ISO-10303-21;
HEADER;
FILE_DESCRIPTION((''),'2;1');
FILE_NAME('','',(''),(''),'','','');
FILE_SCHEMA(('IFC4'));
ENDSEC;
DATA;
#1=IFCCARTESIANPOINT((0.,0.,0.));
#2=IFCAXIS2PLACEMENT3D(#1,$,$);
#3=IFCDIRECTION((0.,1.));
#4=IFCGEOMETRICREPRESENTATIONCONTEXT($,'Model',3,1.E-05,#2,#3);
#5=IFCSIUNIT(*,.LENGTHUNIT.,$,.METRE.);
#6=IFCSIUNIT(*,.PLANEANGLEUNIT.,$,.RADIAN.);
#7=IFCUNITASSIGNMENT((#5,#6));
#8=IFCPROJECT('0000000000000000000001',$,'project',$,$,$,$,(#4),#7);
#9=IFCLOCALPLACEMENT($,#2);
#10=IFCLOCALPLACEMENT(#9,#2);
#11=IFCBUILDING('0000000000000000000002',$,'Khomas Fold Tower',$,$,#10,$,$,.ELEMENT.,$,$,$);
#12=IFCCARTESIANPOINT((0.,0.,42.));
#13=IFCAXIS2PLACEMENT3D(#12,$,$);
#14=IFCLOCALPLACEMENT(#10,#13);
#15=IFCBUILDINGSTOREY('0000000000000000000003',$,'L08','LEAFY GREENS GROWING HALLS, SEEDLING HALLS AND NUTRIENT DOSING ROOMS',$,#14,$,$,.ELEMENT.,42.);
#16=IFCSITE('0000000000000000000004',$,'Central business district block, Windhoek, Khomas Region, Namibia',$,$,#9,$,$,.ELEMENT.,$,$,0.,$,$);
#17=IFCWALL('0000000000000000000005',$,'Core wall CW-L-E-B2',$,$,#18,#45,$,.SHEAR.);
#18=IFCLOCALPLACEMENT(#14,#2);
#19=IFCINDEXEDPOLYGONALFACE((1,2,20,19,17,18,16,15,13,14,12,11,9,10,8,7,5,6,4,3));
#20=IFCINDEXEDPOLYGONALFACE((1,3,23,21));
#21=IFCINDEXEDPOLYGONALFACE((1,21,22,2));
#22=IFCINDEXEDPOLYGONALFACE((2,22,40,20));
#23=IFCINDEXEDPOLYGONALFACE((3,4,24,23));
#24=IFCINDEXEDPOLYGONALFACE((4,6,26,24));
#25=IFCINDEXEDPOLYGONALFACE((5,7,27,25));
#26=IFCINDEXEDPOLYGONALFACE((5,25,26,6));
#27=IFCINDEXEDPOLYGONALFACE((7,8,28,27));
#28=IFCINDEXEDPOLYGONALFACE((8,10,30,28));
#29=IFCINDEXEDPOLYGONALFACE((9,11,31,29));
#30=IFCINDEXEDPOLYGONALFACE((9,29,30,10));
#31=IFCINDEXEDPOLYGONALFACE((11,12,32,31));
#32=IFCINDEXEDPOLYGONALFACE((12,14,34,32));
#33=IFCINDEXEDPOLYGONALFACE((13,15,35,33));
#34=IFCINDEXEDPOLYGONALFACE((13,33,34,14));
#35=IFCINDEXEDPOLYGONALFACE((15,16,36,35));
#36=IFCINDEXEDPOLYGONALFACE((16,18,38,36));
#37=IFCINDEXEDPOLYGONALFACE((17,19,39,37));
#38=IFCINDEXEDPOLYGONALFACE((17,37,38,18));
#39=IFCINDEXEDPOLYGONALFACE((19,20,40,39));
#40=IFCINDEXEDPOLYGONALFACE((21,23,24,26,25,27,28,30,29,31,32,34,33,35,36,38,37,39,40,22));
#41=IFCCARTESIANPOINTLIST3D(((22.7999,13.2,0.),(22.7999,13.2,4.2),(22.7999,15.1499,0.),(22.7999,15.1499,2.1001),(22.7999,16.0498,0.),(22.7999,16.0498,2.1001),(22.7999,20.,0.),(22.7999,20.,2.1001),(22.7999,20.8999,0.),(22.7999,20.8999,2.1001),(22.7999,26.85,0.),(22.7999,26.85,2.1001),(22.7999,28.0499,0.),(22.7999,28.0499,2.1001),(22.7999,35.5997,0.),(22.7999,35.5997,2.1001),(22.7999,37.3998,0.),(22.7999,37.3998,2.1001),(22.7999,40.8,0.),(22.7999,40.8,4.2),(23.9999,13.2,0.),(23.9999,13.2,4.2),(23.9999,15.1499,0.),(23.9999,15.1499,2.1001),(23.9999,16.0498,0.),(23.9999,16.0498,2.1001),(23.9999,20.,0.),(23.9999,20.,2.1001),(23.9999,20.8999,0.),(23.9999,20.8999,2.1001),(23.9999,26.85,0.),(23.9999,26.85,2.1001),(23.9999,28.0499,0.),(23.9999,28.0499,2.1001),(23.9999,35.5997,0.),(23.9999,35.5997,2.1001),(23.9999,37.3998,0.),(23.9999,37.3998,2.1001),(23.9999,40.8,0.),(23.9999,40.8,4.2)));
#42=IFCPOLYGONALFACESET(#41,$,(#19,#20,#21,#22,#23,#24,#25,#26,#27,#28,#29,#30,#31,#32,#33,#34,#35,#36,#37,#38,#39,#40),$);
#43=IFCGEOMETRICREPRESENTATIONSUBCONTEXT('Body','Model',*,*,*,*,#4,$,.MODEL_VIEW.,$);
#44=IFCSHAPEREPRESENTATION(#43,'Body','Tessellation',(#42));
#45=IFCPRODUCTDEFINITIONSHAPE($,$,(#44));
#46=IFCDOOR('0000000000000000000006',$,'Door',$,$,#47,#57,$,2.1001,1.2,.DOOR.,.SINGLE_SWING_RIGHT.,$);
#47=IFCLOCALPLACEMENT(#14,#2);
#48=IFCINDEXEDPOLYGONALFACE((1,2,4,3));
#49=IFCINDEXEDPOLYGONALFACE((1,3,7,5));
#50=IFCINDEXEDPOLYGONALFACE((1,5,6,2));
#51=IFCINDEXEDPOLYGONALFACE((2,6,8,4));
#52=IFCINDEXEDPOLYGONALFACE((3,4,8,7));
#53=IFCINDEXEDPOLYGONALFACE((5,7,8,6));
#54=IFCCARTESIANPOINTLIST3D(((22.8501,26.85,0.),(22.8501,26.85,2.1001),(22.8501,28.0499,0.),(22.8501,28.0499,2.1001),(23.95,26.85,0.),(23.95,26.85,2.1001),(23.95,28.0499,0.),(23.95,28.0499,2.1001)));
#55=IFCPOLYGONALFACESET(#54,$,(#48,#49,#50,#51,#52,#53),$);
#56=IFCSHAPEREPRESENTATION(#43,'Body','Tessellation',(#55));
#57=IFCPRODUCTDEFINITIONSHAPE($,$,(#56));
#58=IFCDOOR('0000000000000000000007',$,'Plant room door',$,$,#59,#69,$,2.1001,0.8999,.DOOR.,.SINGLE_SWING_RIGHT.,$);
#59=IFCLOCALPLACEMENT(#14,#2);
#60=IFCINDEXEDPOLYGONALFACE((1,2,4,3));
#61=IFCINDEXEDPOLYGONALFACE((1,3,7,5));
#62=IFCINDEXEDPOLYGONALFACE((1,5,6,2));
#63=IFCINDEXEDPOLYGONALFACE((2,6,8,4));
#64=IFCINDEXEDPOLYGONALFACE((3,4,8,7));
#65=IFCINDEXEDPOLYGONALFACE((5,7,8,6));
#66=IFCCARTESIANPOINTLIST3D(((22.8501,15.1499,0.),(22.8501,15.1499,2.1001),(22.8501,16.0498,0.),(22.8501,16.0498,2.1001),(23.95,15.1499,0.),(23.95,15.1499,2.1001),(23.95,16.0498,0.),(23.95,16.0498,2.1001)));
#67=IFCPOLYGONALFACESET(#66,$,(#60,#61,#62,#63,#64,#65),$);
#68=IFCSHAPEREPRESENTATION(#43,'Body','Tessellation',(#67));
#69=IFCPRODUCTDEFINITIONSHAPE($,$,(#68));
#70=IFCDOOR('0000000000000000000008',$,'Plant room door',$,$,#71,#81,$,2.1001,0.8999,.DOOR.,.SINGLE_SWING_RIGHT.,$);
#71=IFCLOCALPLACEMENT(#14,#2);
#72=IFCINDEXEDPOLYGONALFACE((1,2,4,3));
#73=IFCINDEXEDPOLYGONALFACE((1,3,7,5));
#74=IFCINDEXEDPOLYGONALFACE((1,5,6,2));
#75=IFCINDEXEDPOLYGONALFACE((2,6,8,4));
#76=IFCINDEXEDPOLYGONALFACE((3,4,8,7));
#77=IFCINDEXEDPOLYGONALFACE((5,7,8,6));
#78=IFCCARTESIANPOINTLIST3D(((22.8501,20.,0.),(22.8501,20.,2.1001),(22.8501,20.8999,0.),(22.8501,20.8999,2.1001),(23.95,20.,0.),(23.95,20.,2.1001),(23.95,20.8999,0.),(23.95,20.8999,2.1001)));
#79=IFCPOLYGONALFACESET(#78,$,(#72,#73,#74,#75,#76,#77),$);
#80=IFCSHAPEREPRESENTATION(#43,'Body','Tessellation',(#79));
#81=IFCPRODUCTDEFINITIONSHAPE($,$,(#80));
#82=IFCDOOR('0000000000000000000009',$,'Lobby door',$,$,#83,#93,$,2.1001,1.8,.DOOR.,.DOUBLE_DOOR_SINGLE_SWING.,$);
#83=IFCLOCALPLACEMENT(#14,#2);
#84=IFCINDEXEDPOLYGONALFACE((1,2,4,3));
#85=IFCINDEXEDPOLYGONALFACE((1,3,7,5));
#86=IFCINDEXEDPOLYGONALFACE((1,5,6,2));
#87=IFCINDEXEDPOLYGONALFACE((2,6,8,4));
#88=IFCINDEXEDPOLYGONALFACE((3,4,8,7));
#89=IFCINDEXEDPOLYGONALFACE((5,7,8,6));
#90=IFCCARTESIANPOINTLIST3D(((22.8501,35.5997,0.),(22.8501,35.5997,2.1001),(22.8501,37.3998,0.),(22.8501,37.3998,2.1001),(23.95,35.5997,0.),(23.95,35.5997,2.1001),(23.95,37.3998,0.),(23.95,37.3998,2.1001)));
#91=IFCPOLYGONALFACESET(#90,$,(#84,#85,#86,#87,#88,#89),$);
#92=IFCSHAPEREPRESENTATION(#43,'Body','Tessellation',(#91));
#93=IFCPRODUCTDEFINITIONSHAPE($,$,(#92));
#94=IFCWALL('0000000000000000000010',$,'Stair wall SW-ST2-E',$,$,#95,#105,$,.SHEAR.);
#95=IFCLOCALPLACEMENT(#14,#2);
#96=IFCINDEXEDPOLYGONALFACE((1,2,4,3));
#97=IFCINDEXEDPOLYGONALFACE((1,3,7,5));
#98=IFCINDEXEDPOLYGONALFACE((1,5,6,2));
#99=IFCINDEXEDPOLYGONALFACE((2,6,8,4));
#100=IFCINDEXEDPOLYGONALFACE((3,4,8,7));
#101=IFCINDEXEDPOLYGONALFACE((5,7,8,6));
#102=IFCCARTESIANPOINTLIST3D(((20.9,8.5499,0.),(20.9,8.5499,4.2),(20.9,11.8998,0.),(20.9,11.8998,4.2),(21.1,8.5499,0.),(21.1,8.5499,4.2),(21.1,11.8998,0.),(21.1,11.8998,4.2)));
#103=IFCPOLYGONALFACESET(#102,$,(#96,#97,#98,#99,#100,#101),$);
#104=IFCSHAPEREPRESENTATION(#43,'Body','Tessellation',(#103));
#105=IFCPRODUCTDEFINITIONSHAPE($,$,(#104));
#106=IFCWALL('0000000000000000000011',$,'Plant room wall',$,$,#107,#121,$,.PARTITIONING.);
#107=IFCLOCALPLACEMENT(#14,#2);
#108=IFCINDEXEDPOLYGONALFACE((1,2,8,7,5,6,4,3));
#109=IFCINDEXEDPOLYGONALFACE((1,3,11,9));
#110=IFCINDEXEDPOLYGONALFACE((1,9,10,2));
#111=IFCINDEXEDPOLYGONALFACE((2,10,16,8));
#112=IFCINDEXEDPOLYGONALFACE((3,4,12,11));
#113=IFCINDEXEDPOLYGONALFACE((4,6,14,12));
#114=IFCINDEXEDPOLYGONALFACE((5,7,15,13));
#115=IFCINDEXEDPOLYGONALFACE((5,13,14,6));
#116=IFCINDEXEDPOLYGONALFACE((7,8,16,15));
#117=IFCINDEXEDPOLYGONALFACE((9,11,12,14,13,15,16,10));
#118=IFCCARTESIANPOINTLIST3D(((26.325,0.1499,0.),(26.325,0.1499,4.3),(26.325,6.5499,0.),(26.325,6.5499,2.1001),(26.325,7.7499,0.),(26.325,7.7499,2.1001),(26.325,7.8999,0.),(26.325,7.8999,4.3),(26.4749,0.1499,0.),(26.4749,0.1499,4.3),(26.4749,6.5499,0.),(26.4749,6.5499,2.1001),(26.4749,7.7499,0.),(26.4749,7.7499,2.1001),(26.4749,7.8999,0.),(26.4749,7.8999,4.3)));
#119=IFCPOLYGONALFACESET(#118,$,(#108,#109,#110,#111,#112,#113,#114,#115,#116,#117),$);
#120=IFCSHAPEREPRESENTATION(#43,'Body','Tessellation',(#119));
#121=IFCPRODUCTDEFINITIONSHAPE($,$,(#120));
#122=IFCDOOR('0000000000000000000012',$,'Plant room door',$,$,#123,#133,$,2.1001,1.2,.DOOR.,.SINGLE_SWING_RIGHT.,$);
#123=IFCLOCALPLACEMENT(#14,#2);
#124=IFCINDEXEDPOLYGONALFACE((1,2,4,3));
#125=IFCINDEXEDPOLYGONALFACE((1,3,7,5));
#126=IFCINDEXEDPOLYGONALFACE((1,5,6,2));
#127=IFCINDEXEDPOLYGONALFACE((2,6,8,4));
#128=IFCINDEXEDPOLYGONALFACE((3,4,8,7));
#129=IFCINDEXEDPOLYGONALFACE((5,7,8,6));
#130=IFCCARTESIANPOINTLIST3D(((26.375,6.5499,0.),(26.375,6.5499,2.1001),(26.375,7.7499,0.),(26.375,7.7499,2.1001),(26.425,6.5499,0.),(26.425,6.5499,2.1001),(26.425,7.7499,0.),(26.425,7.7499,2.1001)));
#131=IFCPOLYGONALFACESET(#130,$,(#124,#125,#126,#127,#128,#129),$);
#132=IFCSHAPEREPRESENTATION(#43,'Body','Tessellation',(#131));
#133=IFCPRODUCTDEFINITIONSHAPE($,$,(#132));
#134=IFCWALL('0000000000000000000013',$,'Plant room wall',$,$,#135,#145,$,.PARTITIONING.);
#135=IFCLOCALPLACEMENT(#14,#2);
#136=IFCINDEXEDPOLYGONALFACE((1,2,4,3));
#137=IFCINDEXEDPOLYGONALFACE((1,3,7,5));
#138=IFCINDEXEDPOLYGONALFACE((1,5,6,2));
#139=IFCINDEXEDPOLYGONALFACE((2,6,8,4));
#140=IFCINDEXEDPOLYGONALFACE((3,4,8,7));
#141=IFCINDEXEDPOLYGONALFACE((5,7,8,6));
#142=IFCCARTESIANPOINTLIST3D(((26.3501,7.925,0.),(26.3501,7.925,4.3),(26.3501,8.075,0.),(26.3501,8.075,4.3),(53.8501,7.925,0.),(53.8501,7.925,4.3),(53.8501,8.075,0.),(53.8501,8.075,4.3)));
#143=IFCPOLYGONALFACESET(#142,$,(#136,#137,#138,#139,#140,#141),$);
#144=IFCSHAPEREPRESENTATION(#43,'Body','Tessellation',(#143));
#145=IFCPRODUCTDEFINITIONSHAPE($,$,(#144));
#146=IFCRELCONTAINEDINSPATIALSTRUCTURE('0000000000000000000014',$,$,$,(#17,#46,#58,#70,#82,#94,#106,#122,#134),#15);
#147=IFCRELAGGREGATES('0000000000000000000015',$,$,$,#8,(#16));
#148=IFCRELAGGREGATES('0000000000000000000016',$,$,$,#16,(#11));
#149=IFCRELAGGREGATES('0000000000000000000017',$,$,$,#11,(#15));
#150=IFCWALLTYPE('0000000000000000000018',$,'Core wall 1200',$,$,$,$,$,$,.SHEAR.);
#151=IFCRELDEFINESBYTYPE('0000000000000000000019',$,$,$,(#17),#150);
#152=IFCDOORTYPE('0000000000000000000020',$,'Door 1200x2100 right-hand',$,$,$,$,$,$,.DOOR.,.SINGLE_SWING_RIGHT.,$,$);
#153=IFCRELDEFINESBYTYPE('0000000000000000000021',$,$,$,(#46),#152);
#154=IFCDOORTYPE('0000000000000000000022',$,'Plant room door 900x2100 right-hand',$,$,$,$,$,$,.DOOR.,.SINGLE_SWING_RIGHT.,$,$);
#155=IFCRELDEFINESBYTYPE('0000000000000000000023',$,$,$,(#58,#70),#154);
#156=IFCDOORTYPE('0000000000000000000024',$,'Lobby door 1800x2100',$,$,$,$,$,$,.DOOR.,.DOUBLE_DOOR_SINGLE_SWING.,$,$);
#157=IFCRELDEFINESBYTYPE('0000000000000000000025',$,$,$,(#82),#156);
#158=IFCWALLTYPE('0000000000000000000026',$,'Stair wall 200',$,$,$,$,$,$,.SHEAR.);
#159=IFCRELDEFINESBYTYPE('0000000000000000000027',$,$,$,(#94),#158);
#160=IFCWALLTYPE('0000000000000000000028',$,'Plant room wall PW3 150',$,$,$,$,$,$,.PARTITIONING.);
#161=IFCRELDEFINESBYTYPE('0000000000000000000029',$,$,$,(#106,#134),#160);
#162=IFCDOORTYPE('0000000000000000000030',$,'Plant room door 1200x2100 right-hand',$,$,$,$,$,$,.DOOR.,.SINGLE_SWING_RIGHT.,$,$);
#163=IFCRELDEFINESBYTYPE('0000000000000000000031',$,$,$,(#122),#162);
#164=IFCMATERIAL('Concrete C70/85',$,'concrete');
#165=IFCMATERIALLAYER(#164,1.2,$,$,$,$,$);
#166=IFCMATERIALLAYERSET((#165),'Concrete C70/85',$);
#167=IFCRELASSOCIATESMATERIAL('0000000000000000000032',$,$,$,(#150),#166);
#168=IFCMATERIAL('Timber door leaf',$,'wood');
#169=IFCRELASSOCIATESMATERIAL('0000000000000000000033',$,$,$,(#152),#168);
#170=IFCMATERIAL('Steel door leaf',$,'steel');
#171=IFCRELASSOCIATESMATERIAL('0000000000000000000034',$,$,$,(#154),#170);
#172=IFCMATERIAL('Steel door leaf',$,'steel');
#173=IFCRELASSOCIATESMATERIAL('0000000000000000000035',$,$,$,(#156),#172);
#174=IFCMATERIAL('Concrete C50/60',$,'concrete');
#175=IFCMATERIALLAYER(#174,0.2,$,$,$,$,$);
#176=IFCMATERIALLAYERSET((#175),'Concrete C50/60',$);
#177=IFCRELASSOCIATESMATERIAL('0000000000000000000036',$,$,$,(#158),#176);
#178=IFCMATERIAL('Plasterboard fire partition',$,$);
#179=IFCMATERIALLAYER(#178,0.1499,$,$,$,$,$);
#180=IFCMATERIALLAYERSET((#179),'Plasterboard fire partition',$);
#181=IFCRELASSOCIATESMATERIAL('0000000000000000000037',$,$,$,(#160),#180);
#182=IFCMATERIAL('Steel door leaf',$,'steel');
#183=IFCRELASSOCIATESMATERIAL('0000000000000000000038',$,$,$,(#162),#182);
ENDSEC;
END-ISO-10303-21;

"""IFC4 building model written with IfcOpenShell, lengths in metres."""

from ifc_helpers import new_model, si_unit, direction, frame, frame_2d, origin, place, context, subcontext, project, spatial, rectangle, extrude, source, transform, mapped, material, layer, layer_set, type_object, element, fill, save


model = new_model("IFC4")

# Units and contexts
model_context = context("Model", 3, precision=1e-05, world=origin(), true_north=direction((0.0, 1.0)))
body_context = subcontext(model_context, "Body", "Model", "MODEL_VIEW")
ifc_project = project(units=[si_unit("LENGTHUNIT", "METRE"), si_unit("PLANEANGLEUNIT", "RADIAN")], contexts=[model_context])

# Site, building, storey
site_placement = place(None, origin())
site = spatial("IfcSite", under=ifc_project, at=site_placement, Name="Central business district block, Windhoek, Khomas Region, Namibia", CompositionType="ELEMENT", RefElevation=0.0)
building_placement = place(site_placement, origin())
building = spatial("IfcBuilding", under=site, at=building_placement, Name="Khomas Fold Tower", CompositionType="ELEMENT")
storey_placement = place(building_placement, frame((0.0, 0.0, 42.0)))
storey = spatial("IfcBuildingStorey", under=building, at=storey_placement, Name="L08", Description="LEAFY GREENS GROWING HALLS, SEEDLING HALLS AND NUTRIENT DOSING ROOMS", CompositionType="ELEMENT", Elevation=42.0)

# Shared definitions
ifc_material_1 = material(Name="Concrete C70/85", Category="concrete")
ifc_layer_1 = layer(ifc_material_1, 1.2)
ifc_layer_set_1 = layer_set([ifc_layer_1], Name="Concrete C70/85")
wall_type_1 = type_object("IfcWallType", Name="Core wall 1200", PredefinedType="SHEAR", material=ifc_layer_set_1)

# Wall, openings, doors
shared_shape_1 = source(origin(), body_context, "Body", "SweptSolid", [
    extrude(rectangle(XDim=27.6001, YDim=1.2, at=frame_2d((13.8, 0.0))), origin(), (0.0, 0.0, 1.0), 4.2),
])
wall_1_placement = place(storey_placement, frame((23.3999, 13.2, 0.0), z_axis=(0.0, 0.0, 1.0), x_axis=(0.0, 1.0, 0.0)))
wall_1 = element("IfcWall", 1, at=wall_1_placement, inside=storey, type_object=wall_type_1, Name="Core wall CW-L-E-B2", PredefinedType="SHEAR", context=body_context, shape_type="MappedRepresentation", body=[
    mapped(shared_shape_1, transform((0.0, 0.0, 0.0))),
])
shared_shape_2 = source(origin(), body_context, "Body", "SweptSolid", [
    extrude(rectangle(XDim=1.8, YDim=2.1001, at=frame_2d((0.8999, 1.05))), frame((0.0, 0.6099, 0.0), z_axis=(0.0, -1.0, 0.0), x_axis=(1.0, 0.0, 0.0)), (0.0, 0.0, 1.0), 1.22),
])
opening_1_placement = place(wall_1_placement, frame((22.3999, 0.0, 0.0)))
opening_1 = element("IfcOpeningElement", 2, at=opening_1_placement, cuts=wall_1, PredefinedType="OPENING", context=body_context, shape_type="MappedRepresentation", body=[
    mapped(shared_shape_2, transform((0.0, 0.0, 0.0))),
])
shared_shape_3 = source(origin(), body_context, "Body", "SweptSolid", [
    extrude(rectangle(XDim=1.2, YDim=2.1001, at=frame_2d((0.6001, 1.05))), frame((0.0, 0.6099, 0.0), z_axis=(0.0, -1.0, 0.0), x_axis=(1.0, 0.0, 0.0)), (0.0, 0.0, 1.0), 1.22),
])
opening_2_placement = place(wall_1_placement, frame((13.6499, 0.0, 0.0)))
opening_2 = element("IfcOpeningElement", 3, at=opening_2_placement, cuts=wall_1, PredefinedType="OPENING", context=body_context, shape_type="MappedRepresentation", body=[
    mapped(shared_shape_3, transform((0.0, 0.0, 0.0))),
])
shared_shape_4 = source(origin(), body_context, "Body", "SweptSolid", [
    extrude(rectangle(XDim=0.8999, YDim=2.1001, at=frame_2d((0.45, 1.05))), frame((0.0, 0.6099, 0.0), z_axis=(0.0, -1.0, 0.0), x_axis=(1.0, 0.0, 0.0)), (0.0, 0.0, 1.0), 1.22),
])
opening_3_placement = place(wall_1_placement, frame((1.95, 0.0, 0.0)))
opening_3 = element("IfcOpeningElement", 4, at=opening_3_placement, cuts=wall_1, PredefinedType="OPENING", context=body_context, shape_type="MappedRepresentation", body=[
    mapped(shared_shape_4, transform((0.0, 0.0, 0.0))),
])
opening_4_placement = place(wall_1_placement, frame((6.8, 0.0, 0.0)))
opening_4 = element("IfcOpeningElement", 5, at=opening_4_placement, cuts=wall_1, PredefinedType="OPENING", context=body_context, shape_type="MappedRepresentation", body=[
    mapped(shared_shape_4, transform((0.0, 0.0, 0.0))),
])
ifc_material_2 = material(Name="Timber door leaf", Category="wood")
door_type_1 = type_object("IfcDoorType", Name="Door 1200x2100 right-hand", OperationType="SINGLE_SWING_RIGHT", PredefinedType="DOOR", material=ifc_material_2)
shared_shape_5 = source(origin(), body_context, "Body", "SweptSolid", [
    extrude(rectangle(XDim=1.2, YDim=2.1001, at=frame_2d((0.6001, 1.05))), frame((0.0, 0.5498, 0.0), z_axis=(0.0, -1.0, 0.0), x_axis=(1.0, 0.0, 0.0)), (0.0, 0.0, 1.0), 1.0999),
])
door_1_placement = place(opening_2_placement, origin())
door_1 = element("IfcDoor", 6, at=door_1_placement, inside=storey, type_object=door_type_1, Name="Door", OperationType="SINGLE_SWING_RIGHT", OverallHeight=2.1001, OverallWidth=1.2, PredefinedType="DOOR", context=body_context, shape_type="MappedRepresentation", body=[
    mapped(shared_shape_5, transform((0.0, 0.0, 0.0))),
])
fill(opening_2, door_1)
ifc_material_3 = material(Name="Steel door leaf", Category="steel")
door_type_2 = type_object("IfcDoorType", Name="Plant room door 900x2100 right-hand", OperationType="SINGLE_SWING_RIGHT", PredefinedType="DOOR", material=ifc_material_3)
shared_shape_6 = source(origin(), body_context, "Body", "SweptSolid", [
    extrude(rectangle(XDim=0.8999, YDim=2.1001, at=frame_2d((0.45, 1.05))), frame((0.0, 0.5498, 0.0), z_axis=(0.0, -1.0, 0.0), x_axis=(1.0, 0.0, 0.0)), (0.0, 0.0, 1.0), 1.0999),
])
door_2_placement = place(opening_3_placement, origin())
door_2 = element("IfcDoor", 7, at=door_2_placement, inside=storey, type_object=door_type_2, Name="Plant room door", OperationType="SINGLE_SWING_RIGHT", OverallHeight=2.1001, OverallWidth=0.8999, PredefinedType="DOOR", context=body_context, shape_type="MappedRepresentation", body=[
    mapped(shared_shape_6, transform((0.0, 0.0, 0.0))),
])
fill(opening_3, door_2)
door_3_placement = place(opening_4_placement, origin())
door_3 = element("IfcDoor", 8, at=door_3_placement, inside=storey, type_object=door_type_2, Name="Plant room door", OperationType="SINGLE_SWING_RIGHT", OverallHeight=2.1001, OverallWidth=0.8999, PredefinedType="DOOR", context=body_context, shape_type="MappedRepresentation", body=[
    mapped(shared_shape_6, transform((0.0, 0.0, 0.0))),
])
fill(opening_4, door_3)
ifc_material_4 = material(Name="Steel door leaf", Category="steel")
door_type_3 = type_object("IfcDoorType", Name="Lobby door 1800x2100", OperationType="DOUBLE_DOOR_SINGLE_SWING", PredefinedType="DOOR", material=ifc_material_4)
shared_shape_7 = source(origin(), body_context, "Body", "SweptSolid", [
    extrude(rectangle(XDim=1.8, YDim=2.1001, at=frame_2d((0.8999, 1.05))), frame((0.0, 0.5498, 0.0), z_axis=(0.0, -1.0, 0.0), x_axis=(1.0, 0.0, 0.0)), (0.0, 0.0, 1.0), 1.0999),
])
door_4_placement = place(opening_1_placement, origin())
door_4 = element("IfcDoor", 9, at=door_4_placement, inside=storey, type_object=door_type_3, Name="Lobby door", OperationType="DOUBLE_DOOR_SINGLE_SWING", OverallHeight=2.1001, OverallWidth=1.8, PredefinedType="DOOR", context=body_context, shape_type="MappedRepresentation", body=[
    mapped(shared_shape_7, transform((0.0, 0.0, 0.0))),
])
fill(opening_1, door_4)

# Wall
ifc_material_5 = material(Name="Concrete C50/60", Category="concrete")
ifc_layer_2 = layer(ifc_material_5, 0.2)
ifc_layer_set_2 = layer_set([ifc_layer_2], Name="Concrete C50/60")
wall_type_2 = type_object("IfcWallType", Name="Stair wall 200", PredefinedType="SHEAR", material=ifc_layer_set_2)
shared_shape_8 = source(origin(), body_context, "Body", "SweptSolid", [
    extrude(rectangle(XDim=3.3499, YDim=0.2, at=frame_2d((1.6748, 0.0))), origin(), (0.0, 0.0, 1.0), 4.2),
])
wall_2_placement = place(storey_placement, frame((21.0, 8.55, 0.0), z_axis=(0.0, 0.0, 1.0), x_axis=(0.0, 1.0, 0.0)))
element("IfcWall", 10, at=wall_2_placement, inside=storey, type_object=wall_type_2, Name="Stair wall SW-ST2-E", PredefinedType="SHEAR", context=body_context, shape_type="MappedRepresentation", body=[
    mapped(shared_shape_8, transform((0.0, 0.0, 0.0))),
])

# Wall, opening, door
ifc_material_6 = material(Name="Plasterboard fire partition")
ifc_layer_3 = layer(ifc_material_6, 0.1499)
ifc_layer_set_3 = layer_set([ifc_layer_3], Name="Plasterboard fire partition")
wall_type_3 = type_object("IfcWallType", Name="Plant room wall PW3 150", PredefinedType="PARTITIONING", material=ifc_layer_set_3)
shared_shape_9 = source(origin(), body_context, "Body", "SweptSolid", [
    extrude(rectangle(XDim=7.75, YDim=0.1499, at=frame_2d((3.875, 0.0))), origin(), (0.0, 0.0, 1.0), 4.3),
])
wall_3_placement = place(storey_placement, frame((26.3999, 0.1499, 0.0), z_axis=(0.0, 0.0, 1.0), x_axis=(0.0, 1.0, 0.0)))
wall_3 = element("IfcWall", 11, at=wall_3_placement, inside=storey, type_object=wall_type_3, Name="Plant room wall", PredefinedType="PARTITIONING", context=body_context, shape_type="MappedRepresentation", body=[
    mapped(shared_shape_9, transform((0.0, 0.0, 0.0))),
])
shared_shape_10 = source(origin(), body_context, "Body", "SweptSolid", [
    extrude(rectangle(XDim=1.2, YDim=2.1001, at=frame_2d((0.6001, 1.05))), frame((0.0, 0.085, 0.0), z_axis=(0.0, -1.0, 0.0), x_axis=(1.0, 0.0, 0.0)), (0.0, 0.0, 1.0), 0.1699),
])
opening_5_placement = place(wall_3_placement, frame((6.3999, 0.0, 0.0)))
opening_5 = element("IfcOpeningElement", 12, at=opening_5_placement, cuts=wall_3, PredefinedType="OPENING", context=body_context, shape_type="MappedRepresentation", body=[
    mapped(shared_shape_10, transform((0.0, 0.0, 0.0))),
])
ifc_material_7 = material(Name="Steel door leaf", Category="steel")
door_type_4 = type_object("IfcDoorType", Name="Plant room door 1200x2100 right-hand", OperationType="SINGLE_SWING_RIGHT", PredefinedType="DOOR", material=ifc_material_7)
shared_shape_11 = source(origin(), body_context, "Body", "SweptSolid", [
    extrude(rectangle(XDim=1.2, YDim=2.1001, at=frame_2d((0.6001, 1.05))), frame((0.0, 0.0249, 0.0), z_axis=(0.0, -1.0, 0.0), x_axis=(1.0, 0.0, 0.0)), (0.0, 0.0, 1.0), 0.05),
])
door_5_placement = place(opening_5_placement, origin())
door_5 = element("IfcDoor", 13, at=door_5_placement, inside=storey, type_object=door_type_4, Name="Plant room door", OperationType="SINGLE_SWING_RIGHT", OverallHeight=2.1001, OverallWidth=1.2, PredefinedType="DOOR", context=body_context, shape_type="MappedRepresentation", body=[
    mapped(shared_shape_11, transform((0.0, 0.0, 0.0))),
])
fill(opening_5, door_5)

# Wall
shared_shape_12 = source(origin(), body_context, "Body", "SweptSolid", [
    extrude(rectangle(XDim=27.5, YDim=0.1499, at=frame_2d((13.75, 0.0))), origin(), (0.0, 0.0, 1.0), 4.3),
])
wall_4_placement = place(storey_placement, frame((26.3501, 8.0, 0.0), z_axis=(0.0, 0.0, 1.0), x_axis=(1.0, 0.0, 0.0)))
element("IfcWall", 14, at=wall_4_placement, inside=storey, type_object=wall_type_3, Name="Plant room wall", PredefinedType="PARTITIONING", context=body_context, shape_type="MappedRepresentation", body=[
    mapped(shared_shape_12, transform((0.0, 0.0, 0.0))),
])

save(model, "model.ifc")
